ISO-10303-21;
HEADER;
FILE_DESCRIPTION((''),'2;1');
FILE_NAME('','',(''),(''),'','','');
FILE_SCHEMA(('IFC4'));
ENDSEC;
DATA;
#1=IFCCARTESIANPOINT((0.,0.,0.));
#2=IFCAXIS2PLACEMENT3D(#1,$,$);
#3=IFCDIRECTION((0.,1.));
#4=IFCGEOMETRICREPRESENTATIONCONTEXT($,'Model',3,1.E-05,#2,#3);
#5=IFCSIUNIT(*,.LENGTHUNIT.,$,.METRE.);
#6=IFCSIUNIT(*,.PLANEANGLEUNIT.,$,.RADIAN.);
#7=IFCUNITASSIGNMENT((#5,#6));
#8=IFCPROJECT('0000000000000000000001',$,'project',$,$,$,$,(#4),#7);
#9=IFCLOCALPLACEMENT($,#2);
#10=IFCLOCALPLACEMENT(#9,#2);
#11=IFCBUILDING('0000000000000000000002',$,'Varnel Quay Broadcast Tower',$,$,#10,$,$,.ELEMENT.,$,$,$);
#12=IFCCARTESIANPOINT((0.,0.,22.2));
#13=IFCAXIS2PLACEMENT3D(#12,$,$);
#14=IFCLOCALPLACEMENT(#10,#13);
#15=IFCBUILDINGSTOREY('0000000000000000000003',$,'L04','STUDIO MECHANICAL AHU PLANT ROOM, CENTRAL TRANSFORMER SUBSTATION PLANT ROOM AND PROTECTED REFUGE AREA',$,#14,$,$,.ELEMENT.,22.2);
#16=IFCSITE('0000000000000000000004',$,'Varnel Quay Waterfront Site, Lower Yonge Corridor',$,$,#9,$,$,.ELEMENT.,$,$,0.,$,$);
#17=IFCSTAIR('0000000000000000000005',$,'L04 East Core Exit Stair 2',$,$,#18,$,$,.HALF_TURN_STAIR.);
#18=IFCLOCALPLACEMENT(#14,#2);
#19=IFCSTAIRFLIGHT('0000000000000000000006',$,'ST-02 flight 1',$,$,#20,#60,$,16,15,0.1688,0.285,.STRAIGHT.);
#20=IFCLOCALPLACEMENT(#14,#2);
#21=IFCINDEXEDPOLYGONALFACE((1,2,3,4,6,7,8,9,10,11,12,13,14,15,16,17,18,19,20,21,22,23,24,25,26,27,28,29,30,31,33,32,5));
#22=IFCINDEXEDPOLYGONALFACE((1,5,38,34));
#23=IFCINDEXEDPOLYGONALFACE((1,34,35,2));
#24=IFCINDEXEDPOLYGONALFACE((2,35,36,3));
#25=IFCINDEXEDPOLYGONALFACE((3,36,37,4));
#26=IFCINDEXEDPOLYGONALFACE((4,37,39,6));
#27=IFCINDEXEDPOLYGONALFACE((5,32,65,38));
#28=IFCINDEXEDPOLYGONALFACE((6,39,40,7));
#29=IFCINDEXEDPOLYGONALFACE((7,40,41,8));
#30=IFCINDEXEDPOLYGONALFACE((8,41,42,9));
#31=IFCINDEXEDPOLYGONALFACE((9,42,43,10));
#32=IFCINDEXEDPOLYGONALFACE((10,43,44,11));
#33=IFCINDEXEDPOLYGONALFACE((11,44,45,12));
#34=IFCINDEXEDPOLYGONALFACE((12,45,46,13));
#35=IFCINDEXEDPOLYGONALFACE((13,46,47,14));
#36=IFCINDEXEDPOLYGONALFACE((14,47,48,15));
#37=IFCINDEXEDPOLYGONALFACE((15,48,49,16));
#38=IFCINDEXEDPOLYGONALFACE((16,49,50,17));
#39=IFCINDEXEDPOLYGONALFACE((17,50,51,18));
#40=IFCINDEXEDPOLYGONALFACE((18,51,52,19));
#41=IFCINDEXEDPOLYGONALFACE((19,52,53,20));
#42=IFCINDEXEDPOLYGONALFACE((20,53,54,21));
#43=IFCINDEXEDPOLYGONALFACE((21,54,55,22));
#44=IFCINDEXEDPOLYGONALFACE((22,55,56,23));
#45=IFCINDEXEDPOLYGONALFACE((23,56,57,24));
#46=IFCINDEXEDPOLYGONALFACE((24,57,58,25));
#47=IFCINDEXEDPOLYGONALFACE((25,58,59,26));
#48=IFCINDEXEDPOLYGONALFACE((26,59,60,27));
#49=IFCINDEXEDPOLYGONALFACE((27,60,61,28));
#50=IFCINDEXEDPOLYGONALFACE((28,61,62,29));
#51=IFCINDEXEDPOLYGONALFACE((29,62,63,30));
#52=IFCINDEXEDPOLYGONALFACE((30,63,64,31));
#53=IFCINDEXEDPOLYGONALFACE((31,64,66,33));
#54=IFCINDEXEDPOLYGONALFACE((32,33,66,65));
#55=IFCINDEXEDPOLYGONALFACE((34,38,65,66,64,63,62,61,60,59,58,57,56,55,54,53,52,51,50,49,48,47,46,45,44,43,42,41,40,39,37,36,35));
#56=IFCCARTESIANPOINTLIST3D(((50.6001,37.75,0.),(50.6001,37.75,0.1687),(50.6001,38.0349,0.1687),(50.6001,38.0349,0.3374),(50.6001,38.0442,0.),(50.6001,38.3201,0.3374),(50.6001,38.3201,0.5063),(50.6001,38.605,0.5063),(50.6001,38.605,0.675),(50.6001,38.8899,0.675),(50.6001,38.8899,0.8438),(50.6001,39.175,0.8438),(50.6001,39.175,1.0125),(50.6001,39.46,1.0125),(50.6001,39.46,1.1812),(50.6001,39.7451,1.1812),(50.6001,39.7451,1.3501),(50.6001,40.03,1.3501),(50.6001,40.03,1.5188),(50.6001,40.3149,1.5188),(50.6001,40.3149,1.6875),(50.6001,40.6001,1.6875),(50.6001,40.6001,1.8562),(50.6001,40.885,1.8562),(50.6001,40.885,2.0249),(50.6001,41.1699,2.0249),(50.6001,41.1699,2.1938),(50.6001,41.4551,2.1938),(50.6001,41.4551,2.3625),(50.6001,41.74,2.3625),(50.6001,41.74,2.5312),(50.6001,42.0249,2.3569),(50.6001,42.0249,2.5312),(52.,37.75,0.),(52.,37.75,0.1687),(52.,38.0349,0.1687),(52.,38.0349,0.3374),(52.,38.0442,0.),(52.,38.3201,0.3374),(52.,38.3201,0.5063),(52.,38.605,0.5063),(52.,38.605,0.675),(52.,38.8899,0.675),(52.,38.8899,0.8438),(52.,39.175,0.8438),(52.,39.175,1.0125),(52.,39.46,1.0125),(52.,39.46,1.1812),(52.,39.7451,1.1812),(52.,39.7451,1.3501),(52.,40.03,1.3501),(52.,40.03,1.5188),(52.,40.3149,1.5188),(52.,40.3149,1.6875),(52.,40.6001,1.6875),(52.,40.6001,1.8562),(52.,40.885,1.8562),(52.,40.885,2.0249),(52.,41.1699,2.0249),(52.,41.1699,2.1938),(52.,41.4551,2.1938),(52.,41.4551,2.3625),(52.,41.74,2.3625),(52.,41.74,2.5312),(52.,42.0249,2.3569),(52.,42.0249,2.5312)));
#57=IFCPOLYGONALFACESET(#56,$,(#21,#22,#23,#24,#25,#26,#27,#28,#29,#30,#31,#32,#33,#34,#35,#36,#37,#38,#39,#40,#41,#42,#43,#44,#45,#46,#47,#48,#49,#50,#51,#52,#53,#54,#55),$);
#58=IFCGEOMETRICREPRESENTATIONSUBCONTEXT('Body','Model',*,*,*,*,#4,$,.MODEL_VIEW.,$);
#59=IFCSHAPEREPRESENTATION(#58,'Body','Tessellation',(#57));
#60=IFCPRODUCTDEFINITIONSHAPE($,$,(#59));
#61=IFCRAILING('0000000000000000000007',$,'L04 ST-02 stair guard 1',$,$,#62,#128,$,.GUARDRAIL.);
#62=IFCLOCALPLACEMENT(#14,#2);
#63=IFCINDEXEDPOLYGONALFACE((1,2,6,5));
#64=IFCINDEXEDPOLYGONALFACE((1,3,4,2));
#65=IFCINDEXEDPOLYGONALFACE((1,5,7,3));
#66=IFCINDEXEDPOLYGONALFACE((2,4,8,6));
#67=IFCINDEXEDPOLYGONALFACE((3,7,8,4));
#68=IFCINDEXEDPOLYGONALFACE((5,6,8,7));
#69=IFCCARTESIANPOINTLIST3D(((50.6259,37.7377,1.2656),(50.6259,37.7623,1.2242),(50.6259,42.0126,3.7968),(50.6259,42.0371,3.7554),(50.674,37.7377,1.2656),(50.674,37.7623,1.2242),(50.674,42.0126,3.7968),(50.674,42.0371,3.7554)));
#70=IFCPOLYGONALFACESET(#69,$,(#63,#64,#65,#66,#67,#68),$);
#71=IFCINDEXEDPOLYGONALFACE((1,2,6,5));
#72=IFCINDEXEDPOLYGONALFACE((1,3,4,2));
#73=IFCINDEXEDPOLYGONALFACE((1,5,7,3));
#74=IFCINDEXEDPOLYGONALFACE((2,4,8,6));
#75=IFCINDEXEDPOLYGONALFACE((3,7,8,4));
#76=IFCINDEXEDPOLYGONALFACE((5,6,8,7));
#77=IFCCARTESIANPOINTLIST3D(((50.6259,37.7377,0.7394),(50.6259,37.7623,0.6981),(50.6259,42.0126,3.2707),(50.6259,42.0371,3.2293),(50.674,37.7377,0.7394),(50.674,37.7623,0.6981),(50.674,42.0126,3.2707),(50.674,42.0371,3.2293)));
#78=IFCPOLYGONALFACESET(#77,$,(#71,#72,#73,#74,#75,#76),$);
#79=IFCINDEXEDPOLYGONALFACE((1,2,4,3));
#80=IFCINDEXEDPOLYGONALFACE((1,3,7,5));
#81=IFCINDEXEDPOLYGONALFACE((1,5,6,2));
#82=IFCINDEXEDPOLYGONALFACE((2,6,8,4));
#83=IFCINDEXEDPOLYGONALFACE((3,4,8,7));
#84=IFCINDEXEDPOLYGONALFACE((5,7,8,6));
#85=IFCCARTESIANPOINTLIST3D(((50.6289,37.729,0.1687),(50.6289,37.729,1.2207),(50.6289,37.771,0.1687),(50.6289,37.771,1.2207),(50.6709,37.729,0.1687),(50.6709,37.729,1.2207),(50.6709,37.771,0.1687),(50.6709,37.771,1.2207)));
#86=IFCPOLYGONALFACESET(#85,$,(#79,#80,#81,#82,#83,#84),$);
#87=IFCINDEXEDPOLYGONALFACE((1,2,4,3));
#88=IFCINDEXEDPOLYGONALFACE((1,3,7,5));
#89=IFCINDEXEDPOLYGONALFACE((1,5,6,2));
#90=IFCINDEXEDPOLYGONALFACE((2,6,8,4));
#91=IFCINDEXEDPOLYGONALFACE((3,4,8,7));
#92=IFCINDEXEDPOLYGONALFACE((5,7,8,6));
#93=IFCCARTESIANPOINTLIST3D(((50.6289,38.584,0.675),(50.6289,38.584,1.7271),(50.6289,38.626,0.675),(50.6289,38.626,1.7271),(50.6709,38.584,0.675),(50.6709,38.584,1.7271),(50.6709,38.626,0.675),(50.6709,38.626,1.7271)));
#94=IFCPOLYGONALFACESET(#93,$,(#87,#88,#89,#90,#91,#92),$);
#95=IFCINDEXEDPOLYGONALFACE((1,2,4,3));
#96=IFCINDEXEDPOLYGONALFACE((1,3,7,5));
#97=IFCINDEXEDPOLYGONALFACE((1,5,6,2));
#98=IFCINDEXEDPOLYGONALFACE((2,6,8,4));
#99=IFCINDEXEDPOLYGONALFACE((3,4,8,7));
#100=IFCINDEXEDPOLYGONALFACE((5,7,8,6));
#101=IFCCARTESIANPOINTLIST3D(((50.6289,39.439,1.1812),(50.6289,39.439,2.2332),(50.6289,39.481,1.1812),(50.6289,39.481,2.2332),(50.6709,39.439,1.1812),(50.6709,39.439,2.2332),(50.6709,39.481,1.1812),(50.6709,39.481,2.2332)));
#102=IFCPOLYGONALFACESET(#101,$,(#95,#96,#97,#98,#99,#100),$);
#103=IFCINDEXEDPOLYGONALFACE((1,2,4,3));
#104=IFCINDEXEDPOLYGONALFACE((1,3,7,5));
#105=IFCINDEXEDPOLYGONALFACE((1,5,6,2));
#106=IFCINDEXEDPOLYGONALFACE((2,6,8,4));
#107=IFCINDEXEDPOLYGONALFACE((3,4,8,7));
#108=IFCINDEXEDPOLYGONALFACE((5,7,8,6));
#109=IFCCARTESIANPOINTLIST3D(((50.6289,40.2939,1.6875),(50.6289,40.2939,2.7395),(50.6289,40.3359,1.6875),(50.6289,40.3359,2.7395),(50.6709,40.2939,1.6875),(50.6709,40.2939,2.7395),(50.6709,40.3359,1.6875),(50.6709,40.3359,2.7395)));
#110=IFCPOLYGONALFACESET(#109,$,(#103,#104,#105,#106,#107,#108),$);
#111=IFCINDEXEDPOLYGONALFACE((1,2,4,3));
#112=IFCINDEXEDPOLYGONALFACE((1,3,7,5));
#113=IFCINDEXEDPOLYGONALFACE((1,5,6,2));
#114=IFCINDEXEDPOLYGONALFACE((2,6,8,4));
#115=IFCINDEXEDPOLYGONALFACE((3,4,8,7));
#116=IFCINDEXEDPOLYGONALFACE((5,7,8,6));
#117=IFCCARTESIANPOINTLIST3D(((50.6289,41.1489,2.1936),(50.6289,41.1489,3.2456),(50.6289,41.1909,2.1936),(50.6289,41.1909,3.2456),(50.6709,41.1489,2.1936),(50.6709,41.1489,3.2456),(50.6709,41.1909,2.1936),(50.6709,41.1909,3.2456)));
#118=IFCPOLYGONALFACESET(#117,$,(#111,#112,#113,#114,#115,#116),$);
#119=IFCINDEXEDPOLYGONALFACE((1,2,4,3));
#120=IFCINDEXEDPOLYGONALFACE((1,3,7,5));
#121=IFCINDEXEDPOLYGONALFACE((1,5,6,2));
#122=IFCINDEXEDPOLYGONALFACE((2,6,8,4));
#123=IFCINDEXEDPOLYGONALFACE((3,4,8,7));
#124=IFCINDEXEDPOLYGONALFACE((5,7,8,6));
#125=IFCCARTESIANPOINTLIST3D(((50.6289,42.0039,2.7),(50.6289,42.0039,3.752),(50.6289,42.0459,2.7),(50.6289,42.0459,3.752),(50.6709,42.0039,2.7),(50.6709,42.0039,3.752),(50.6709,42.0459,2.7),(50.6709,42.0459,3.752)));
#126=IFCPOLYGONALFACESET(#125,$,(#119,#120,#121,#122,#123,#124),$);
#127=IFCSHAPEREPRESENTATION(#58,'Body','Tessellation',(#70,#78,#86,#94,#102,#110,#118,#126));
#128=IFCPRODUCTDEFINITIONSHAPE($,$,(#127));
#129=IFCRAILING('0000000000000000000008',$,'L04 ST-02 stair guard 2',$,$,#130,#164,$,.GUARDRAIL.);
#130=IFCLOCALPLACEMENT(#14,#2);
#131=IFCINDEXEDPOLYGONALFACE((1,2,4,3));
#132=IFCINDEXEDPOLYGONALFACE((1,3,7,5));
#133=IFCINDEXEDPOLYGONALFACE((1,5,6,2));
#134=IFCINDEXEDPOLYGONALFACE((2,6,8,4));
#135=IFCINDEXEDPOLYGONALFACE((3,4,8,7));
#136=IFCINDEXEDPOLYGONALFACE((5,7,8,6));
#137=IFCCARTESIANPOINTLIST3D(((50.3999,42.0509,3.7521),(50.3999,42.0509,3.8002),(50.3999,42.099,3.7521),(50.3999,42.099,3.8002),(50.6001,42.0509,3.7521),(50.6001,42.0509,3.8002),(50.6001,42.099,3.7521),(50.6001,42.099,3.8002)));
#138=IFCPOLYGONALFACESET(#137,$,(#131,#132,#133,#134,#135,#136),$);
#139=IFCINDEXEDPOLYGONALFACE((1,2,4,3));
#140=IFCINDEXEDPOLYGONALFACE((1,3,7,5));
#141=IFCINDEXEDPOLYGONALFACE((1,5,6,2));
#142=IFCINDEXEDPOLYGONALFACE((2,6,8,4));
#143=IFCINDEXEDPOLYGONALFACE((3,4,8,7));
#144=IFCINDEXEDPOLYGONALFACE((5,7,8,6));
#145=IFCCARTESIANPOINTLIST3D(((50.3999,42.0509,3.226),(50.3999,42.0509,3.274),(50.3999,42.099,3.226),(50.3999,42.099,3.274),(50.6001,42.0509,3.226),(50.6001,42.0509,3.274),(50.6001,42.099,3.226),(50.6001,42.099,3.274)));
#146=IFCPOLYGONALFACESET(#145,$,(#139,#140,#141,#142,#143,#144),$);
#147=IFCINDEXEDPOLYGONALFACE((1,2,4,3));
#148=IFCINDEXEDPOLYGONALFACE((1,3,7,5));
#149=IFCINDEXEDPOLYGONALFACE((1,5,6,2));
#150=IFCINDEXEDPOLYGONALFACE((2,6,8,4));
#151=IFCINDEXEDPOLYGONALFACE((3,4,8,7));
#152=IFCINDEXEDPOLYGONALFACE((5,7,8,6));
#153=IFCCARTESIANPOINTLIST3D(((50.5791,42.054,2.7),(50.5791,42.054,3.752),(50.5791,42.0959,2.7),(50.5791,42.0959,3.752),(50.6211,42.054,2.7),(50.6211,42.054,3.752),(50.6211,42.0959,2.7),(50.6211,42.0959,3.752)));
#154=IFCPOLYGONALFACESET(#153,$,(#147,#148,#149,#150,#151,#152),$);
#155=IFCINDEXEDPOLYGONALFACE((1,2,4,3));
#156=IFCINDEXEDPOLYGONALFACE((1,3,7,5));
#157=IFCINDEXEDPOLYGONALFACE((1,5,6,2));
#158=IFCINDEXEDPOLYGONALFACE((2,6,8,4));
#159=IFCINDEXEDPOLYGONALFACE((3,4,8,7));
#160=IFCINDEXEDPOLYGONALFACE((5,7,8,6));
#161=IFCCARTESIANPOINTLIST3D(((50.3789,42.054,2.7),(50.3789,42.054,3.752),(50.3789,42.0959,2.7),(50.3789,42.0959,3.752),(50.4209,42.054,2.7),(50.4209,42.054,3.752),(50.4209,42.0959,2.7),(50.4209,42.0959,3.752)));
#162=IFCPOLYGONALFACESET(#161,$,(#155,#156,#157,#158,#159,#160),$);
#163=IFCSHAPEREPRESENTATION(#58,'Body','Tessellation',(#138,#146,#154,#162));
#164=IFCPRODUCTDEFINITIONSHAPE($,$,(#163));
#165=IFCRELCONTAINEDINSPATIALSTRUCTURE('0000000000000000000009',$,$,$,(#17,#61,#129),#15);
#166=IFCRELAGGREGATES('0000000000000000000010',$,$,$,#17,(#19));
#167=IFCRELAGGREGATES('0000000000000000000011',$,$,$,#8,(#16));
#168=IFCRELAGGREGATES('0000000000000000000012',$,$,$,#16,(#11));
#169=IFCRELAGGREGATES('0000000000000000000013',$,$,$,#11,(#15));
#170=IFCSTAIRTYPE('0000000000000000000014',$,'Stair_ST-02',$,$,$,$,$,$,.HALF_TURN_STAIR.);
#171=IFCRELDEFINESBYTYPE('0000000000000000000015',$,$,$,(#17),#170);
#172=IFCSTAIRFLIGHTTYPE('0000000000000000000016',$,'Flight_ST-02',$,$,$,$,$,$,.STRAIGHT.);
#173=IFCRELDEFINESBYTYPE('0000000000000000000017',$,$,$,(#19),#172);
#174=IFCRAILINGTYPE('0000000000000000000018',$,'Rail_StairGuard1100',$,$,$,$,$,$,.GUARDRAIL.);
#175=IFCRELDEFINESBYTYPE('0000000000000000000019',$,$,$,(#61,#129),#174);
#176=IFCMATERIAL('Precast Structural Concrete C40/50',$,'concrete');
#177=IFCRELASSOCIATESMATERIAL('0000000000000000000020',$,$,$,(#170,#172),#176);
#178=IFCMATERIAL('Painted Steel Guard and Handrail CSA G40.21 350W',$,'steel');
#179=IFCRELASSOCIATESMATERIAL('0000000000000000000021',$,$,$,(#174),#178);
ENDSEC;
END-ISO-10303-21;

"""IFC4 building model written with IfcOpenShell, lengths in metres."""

from ifc_helpers import new_model, si_unit, direction, frame, origin, origin_2d, place, context, subcontext, project, spatial, polyline, rectangle, outline, extrude, material, type_object, element, aggregate, save


model = new_model("IFC4")

# Units and contexts
model_context = context("Model", 3, precision=1e-05, world=origin(), true_north=direction((0.0, 1.0)))
body_context = subcontext(model_context, "Body", "Model", "MODEL_VIEW")
ifc_project = project(units=[si_unit("LENGTHUNIT", "METRE"), si_unit("PLANEANGLEUNIT", "RADIAN")], contexts=[model_context])

# Site, building, storey
site_placement = place(None, origin())
site = spatial("IfcSite", under=ifc_project, at=site_placement, Name="Varnel Quay Waterfront Site, Lower Yonge Corridor", CompositionType="ELEMENT", RefElevation=0.0)
building_placement = place(site_placement, origin())
building = spatial("IfcBuilding", under=site, at=building_placement, Name="Varnel Quay Broadcast Tower", CompositionType="ELEMENT")
storey_placement = place(building_placement, frame((0.0, 0.0, 22.2)))
storey = spatial("IfcBuildingStorey", under=building, at=storey_placement, Name="L04", Description="STUDIO MECHANICAL AHU PLANT ROOM, CENTRAL TRANSFORMER SUBSTATION PLANT ROOM AND PROTECTED REFUGE AREA", CompositionType="ELEMENT", Elevation=22.2)

# Stair, stair flight
ifc_material_1 = material(Name="Precast Structural Concrete C40/50", Category="concrete")
stair_type = type_object("IfcStairType", Name="Stair_ST-02", PredefinedType="HALF_TURN_STAIR", material=ifc_material_1)
stair_placement = place(storey_placement, origin())
stair = element("IfcStair", 1, at=stair_placement, inside=storey, type_object=stair_type, Name="L04 East Core Exit Stair 2", PredefinedType="HALF_TURN_STAIR")
stair_flight_type = type_object("IfcStairFlightType", Name="Flight_ST-02", PredefinedType="STRAIGHT", material=ifc_material_1)
stair_flight_placement = place(storey_placement, frame((51.3, 37.75, 0.0), z_axis=(0.0, 0.0, 1.0), x_axis=(0.0, 1.0, 0.0)))
stair_flight = element("IfcStairFlight", 2, at=stair_flight_placement, type_object=stair_flight_type, Name="ST-02 flight 1", NumberOfRisers=16, NumberOfTreads=15, PredefinedType="STRAIGHT", RiserHeight=0.1688, TreadLength=0.285, context=body_context, shape_type="SweptSolid", body=[
    extrude(outline(polyline([(0.0, 0.0), (0.0, 0.1687), (0.2849, 0.1687), (0.2849, 0.3374), (0.5701, 0.3374), (0.5701, 0.5063), (0.855, 0.5063), (0.855, 0.675), (1.1399, 0.675), (1.1399, 0.8438), (1.425, 0.8438), (1.425, 1.0125), (1.71, 1.0125), (1.71, 1.1812), (1.9951, 1.1812), (1.9951, 1.3501), (2.28, 1.3501), (2.28, 1.5188), (2.5649, 1.5188), (2.5649, 1.6875), (2.8501, 1.6875), (2.8501, 1.8562), (3.135, 1.8562), (3.135, 2.0249), (3.4199, 2.0249), (3.4199, 2.1938), (3.7051, 2.1938), (3.7051, 2.3625), (3.99, 2.3625), (3.99, 2.5312), (4.2749, 2.5312), (4.2749, 2.7), (4.2749, 2.3569), (0.2942, 0.0), (0.0, 0.0)])), frame((0.0, 0.7, 0.0), z_axis=(0.0, -1.0, 0.0), x_axis=(1.0, 0.0, 0.0)), (0.0, 0.0, 1.0), 1.3999),
])
aggregate(stair, [stair_flight])

# Railings
ifc_material_2 = material(Name="Painted Steel Guard and Handrail CSA G40.21 350W", Category="steel")
railing_type_1 = type_object("IfcRailingType", Name="Rail_StairGuard1100", PredefinedType="GUARDRAIL", material=ifc_material_2)
railing_1_placement = place(storey_placement, frame((50.6499, 37.75, 0.1687)))
element("IfcRailing", 3, at=railing_1_placement, inside=storey, type_object=railing_type_1, Name="L04 ST-02 stair guard 1", PredefinedType="GUARDRAIL", context=body_context, shape_type="SweptSolid", body=[
    extrude(rectangle(XDim=0.0481, YDim=0.0481, at=origin_2d()), frame((0.0, 0.0, 1.0762), z_axis=(0.0, 0.86047, 0.509501), x_axis=(-1.0, 0.0, 0.0)), (0.0, 0.0, 1.0), 4.968),
    extrude(rectangle(XDim=0.0481, YDim=0.0481, at=origin_2d()), frame((0.0, 0.0, 0.55), z_axis=(0.0, 0.86047, 0.509501), x_axis=(-1.0, 0.0, 0.0)), (0.0, 0.0, 1.0), 4.968),
    extrude(rectangle(XDim=0.042, YDim=0.042, at=origin_2d()), origin(), (0.0, 0.0, 1.0), 1.052),
    extrude(rectangle(XDim=0.042, YDim=0.042, at=origin_2d()), frame((0.0, 0.855, 0.5063)), (0.0, 0.0, 1.0), 1.052),
    extrude(rectangle(XDim=0.042, YDim=0.042, at=origin_2d()), frame((0.0, 1.71, 1.0125)), (0.0, 0.0, 1.0), 1.052),
    extrude(rectangle(XDim=0.042, YDim=0.042, at=origin_2d()), frame((0.0, 2.5649, 1.5188)), (0.0, 0.0, 1.0), 1.052),
    extrude(rectangle(XDim=0.042, YDim=0.042, at=origin_2d()), frame((0.0, 3.4199, 2.0249)), (0.0, 0.0, 1.0), 1.052),
    extrude(rectangle(XDim=0.042, YDim=0.042, at=origin_2d()), frame((0.0, 4.2749, 2.5312)), (0.0, 0.0, 1.0), 1.052),
])
railing_2_placement = place(storey_placement, frame((50.6001, 42.075, 2.7)))
element("IfcRailing", 4, at=railing_2_placement, inside=storey, type_object=railing_type_1, Name="L04 ST-02 stair guard 2", PredefinedType="GUARDRAIL", context=body_context, shape_type="SweptSolid", body=[
    extrude(rectangle(XDim=0.0481, YDim=0.0481, at=origin_2d()), frame((0.0, 0.0, 1.0762), z_axis=(-1.0, 0.0, 0.0), x_axis=(0.0, -1.0, 0.0)), (0.0, 0.0, 1.0), 0.2002),
    extrude(rectangle(XDim=0.0481, YDim=0.0481, at=origin_2d()), frame((0.0, 0.0, 0.55), z_axis=(-1.0, 0.0, 0.0), x_axis=(0.0, -1.0, 0.0)), (0.0, 0.0, 1.0), 0.2002),
    extrude(rectangle(XDim=0.042, YDim=0.042, at=origin_2d()), origin(), (0.0, 0.0, 1.0), 1.052),
    extrude(rectangle(XDim=0.042, YDim=0.042, at=origin_2d()), frame((-0.2002, 0.0, 0.0)), (0.0, 0.0, 1.0), 1.052),
])

save(model, "model.ifc")
